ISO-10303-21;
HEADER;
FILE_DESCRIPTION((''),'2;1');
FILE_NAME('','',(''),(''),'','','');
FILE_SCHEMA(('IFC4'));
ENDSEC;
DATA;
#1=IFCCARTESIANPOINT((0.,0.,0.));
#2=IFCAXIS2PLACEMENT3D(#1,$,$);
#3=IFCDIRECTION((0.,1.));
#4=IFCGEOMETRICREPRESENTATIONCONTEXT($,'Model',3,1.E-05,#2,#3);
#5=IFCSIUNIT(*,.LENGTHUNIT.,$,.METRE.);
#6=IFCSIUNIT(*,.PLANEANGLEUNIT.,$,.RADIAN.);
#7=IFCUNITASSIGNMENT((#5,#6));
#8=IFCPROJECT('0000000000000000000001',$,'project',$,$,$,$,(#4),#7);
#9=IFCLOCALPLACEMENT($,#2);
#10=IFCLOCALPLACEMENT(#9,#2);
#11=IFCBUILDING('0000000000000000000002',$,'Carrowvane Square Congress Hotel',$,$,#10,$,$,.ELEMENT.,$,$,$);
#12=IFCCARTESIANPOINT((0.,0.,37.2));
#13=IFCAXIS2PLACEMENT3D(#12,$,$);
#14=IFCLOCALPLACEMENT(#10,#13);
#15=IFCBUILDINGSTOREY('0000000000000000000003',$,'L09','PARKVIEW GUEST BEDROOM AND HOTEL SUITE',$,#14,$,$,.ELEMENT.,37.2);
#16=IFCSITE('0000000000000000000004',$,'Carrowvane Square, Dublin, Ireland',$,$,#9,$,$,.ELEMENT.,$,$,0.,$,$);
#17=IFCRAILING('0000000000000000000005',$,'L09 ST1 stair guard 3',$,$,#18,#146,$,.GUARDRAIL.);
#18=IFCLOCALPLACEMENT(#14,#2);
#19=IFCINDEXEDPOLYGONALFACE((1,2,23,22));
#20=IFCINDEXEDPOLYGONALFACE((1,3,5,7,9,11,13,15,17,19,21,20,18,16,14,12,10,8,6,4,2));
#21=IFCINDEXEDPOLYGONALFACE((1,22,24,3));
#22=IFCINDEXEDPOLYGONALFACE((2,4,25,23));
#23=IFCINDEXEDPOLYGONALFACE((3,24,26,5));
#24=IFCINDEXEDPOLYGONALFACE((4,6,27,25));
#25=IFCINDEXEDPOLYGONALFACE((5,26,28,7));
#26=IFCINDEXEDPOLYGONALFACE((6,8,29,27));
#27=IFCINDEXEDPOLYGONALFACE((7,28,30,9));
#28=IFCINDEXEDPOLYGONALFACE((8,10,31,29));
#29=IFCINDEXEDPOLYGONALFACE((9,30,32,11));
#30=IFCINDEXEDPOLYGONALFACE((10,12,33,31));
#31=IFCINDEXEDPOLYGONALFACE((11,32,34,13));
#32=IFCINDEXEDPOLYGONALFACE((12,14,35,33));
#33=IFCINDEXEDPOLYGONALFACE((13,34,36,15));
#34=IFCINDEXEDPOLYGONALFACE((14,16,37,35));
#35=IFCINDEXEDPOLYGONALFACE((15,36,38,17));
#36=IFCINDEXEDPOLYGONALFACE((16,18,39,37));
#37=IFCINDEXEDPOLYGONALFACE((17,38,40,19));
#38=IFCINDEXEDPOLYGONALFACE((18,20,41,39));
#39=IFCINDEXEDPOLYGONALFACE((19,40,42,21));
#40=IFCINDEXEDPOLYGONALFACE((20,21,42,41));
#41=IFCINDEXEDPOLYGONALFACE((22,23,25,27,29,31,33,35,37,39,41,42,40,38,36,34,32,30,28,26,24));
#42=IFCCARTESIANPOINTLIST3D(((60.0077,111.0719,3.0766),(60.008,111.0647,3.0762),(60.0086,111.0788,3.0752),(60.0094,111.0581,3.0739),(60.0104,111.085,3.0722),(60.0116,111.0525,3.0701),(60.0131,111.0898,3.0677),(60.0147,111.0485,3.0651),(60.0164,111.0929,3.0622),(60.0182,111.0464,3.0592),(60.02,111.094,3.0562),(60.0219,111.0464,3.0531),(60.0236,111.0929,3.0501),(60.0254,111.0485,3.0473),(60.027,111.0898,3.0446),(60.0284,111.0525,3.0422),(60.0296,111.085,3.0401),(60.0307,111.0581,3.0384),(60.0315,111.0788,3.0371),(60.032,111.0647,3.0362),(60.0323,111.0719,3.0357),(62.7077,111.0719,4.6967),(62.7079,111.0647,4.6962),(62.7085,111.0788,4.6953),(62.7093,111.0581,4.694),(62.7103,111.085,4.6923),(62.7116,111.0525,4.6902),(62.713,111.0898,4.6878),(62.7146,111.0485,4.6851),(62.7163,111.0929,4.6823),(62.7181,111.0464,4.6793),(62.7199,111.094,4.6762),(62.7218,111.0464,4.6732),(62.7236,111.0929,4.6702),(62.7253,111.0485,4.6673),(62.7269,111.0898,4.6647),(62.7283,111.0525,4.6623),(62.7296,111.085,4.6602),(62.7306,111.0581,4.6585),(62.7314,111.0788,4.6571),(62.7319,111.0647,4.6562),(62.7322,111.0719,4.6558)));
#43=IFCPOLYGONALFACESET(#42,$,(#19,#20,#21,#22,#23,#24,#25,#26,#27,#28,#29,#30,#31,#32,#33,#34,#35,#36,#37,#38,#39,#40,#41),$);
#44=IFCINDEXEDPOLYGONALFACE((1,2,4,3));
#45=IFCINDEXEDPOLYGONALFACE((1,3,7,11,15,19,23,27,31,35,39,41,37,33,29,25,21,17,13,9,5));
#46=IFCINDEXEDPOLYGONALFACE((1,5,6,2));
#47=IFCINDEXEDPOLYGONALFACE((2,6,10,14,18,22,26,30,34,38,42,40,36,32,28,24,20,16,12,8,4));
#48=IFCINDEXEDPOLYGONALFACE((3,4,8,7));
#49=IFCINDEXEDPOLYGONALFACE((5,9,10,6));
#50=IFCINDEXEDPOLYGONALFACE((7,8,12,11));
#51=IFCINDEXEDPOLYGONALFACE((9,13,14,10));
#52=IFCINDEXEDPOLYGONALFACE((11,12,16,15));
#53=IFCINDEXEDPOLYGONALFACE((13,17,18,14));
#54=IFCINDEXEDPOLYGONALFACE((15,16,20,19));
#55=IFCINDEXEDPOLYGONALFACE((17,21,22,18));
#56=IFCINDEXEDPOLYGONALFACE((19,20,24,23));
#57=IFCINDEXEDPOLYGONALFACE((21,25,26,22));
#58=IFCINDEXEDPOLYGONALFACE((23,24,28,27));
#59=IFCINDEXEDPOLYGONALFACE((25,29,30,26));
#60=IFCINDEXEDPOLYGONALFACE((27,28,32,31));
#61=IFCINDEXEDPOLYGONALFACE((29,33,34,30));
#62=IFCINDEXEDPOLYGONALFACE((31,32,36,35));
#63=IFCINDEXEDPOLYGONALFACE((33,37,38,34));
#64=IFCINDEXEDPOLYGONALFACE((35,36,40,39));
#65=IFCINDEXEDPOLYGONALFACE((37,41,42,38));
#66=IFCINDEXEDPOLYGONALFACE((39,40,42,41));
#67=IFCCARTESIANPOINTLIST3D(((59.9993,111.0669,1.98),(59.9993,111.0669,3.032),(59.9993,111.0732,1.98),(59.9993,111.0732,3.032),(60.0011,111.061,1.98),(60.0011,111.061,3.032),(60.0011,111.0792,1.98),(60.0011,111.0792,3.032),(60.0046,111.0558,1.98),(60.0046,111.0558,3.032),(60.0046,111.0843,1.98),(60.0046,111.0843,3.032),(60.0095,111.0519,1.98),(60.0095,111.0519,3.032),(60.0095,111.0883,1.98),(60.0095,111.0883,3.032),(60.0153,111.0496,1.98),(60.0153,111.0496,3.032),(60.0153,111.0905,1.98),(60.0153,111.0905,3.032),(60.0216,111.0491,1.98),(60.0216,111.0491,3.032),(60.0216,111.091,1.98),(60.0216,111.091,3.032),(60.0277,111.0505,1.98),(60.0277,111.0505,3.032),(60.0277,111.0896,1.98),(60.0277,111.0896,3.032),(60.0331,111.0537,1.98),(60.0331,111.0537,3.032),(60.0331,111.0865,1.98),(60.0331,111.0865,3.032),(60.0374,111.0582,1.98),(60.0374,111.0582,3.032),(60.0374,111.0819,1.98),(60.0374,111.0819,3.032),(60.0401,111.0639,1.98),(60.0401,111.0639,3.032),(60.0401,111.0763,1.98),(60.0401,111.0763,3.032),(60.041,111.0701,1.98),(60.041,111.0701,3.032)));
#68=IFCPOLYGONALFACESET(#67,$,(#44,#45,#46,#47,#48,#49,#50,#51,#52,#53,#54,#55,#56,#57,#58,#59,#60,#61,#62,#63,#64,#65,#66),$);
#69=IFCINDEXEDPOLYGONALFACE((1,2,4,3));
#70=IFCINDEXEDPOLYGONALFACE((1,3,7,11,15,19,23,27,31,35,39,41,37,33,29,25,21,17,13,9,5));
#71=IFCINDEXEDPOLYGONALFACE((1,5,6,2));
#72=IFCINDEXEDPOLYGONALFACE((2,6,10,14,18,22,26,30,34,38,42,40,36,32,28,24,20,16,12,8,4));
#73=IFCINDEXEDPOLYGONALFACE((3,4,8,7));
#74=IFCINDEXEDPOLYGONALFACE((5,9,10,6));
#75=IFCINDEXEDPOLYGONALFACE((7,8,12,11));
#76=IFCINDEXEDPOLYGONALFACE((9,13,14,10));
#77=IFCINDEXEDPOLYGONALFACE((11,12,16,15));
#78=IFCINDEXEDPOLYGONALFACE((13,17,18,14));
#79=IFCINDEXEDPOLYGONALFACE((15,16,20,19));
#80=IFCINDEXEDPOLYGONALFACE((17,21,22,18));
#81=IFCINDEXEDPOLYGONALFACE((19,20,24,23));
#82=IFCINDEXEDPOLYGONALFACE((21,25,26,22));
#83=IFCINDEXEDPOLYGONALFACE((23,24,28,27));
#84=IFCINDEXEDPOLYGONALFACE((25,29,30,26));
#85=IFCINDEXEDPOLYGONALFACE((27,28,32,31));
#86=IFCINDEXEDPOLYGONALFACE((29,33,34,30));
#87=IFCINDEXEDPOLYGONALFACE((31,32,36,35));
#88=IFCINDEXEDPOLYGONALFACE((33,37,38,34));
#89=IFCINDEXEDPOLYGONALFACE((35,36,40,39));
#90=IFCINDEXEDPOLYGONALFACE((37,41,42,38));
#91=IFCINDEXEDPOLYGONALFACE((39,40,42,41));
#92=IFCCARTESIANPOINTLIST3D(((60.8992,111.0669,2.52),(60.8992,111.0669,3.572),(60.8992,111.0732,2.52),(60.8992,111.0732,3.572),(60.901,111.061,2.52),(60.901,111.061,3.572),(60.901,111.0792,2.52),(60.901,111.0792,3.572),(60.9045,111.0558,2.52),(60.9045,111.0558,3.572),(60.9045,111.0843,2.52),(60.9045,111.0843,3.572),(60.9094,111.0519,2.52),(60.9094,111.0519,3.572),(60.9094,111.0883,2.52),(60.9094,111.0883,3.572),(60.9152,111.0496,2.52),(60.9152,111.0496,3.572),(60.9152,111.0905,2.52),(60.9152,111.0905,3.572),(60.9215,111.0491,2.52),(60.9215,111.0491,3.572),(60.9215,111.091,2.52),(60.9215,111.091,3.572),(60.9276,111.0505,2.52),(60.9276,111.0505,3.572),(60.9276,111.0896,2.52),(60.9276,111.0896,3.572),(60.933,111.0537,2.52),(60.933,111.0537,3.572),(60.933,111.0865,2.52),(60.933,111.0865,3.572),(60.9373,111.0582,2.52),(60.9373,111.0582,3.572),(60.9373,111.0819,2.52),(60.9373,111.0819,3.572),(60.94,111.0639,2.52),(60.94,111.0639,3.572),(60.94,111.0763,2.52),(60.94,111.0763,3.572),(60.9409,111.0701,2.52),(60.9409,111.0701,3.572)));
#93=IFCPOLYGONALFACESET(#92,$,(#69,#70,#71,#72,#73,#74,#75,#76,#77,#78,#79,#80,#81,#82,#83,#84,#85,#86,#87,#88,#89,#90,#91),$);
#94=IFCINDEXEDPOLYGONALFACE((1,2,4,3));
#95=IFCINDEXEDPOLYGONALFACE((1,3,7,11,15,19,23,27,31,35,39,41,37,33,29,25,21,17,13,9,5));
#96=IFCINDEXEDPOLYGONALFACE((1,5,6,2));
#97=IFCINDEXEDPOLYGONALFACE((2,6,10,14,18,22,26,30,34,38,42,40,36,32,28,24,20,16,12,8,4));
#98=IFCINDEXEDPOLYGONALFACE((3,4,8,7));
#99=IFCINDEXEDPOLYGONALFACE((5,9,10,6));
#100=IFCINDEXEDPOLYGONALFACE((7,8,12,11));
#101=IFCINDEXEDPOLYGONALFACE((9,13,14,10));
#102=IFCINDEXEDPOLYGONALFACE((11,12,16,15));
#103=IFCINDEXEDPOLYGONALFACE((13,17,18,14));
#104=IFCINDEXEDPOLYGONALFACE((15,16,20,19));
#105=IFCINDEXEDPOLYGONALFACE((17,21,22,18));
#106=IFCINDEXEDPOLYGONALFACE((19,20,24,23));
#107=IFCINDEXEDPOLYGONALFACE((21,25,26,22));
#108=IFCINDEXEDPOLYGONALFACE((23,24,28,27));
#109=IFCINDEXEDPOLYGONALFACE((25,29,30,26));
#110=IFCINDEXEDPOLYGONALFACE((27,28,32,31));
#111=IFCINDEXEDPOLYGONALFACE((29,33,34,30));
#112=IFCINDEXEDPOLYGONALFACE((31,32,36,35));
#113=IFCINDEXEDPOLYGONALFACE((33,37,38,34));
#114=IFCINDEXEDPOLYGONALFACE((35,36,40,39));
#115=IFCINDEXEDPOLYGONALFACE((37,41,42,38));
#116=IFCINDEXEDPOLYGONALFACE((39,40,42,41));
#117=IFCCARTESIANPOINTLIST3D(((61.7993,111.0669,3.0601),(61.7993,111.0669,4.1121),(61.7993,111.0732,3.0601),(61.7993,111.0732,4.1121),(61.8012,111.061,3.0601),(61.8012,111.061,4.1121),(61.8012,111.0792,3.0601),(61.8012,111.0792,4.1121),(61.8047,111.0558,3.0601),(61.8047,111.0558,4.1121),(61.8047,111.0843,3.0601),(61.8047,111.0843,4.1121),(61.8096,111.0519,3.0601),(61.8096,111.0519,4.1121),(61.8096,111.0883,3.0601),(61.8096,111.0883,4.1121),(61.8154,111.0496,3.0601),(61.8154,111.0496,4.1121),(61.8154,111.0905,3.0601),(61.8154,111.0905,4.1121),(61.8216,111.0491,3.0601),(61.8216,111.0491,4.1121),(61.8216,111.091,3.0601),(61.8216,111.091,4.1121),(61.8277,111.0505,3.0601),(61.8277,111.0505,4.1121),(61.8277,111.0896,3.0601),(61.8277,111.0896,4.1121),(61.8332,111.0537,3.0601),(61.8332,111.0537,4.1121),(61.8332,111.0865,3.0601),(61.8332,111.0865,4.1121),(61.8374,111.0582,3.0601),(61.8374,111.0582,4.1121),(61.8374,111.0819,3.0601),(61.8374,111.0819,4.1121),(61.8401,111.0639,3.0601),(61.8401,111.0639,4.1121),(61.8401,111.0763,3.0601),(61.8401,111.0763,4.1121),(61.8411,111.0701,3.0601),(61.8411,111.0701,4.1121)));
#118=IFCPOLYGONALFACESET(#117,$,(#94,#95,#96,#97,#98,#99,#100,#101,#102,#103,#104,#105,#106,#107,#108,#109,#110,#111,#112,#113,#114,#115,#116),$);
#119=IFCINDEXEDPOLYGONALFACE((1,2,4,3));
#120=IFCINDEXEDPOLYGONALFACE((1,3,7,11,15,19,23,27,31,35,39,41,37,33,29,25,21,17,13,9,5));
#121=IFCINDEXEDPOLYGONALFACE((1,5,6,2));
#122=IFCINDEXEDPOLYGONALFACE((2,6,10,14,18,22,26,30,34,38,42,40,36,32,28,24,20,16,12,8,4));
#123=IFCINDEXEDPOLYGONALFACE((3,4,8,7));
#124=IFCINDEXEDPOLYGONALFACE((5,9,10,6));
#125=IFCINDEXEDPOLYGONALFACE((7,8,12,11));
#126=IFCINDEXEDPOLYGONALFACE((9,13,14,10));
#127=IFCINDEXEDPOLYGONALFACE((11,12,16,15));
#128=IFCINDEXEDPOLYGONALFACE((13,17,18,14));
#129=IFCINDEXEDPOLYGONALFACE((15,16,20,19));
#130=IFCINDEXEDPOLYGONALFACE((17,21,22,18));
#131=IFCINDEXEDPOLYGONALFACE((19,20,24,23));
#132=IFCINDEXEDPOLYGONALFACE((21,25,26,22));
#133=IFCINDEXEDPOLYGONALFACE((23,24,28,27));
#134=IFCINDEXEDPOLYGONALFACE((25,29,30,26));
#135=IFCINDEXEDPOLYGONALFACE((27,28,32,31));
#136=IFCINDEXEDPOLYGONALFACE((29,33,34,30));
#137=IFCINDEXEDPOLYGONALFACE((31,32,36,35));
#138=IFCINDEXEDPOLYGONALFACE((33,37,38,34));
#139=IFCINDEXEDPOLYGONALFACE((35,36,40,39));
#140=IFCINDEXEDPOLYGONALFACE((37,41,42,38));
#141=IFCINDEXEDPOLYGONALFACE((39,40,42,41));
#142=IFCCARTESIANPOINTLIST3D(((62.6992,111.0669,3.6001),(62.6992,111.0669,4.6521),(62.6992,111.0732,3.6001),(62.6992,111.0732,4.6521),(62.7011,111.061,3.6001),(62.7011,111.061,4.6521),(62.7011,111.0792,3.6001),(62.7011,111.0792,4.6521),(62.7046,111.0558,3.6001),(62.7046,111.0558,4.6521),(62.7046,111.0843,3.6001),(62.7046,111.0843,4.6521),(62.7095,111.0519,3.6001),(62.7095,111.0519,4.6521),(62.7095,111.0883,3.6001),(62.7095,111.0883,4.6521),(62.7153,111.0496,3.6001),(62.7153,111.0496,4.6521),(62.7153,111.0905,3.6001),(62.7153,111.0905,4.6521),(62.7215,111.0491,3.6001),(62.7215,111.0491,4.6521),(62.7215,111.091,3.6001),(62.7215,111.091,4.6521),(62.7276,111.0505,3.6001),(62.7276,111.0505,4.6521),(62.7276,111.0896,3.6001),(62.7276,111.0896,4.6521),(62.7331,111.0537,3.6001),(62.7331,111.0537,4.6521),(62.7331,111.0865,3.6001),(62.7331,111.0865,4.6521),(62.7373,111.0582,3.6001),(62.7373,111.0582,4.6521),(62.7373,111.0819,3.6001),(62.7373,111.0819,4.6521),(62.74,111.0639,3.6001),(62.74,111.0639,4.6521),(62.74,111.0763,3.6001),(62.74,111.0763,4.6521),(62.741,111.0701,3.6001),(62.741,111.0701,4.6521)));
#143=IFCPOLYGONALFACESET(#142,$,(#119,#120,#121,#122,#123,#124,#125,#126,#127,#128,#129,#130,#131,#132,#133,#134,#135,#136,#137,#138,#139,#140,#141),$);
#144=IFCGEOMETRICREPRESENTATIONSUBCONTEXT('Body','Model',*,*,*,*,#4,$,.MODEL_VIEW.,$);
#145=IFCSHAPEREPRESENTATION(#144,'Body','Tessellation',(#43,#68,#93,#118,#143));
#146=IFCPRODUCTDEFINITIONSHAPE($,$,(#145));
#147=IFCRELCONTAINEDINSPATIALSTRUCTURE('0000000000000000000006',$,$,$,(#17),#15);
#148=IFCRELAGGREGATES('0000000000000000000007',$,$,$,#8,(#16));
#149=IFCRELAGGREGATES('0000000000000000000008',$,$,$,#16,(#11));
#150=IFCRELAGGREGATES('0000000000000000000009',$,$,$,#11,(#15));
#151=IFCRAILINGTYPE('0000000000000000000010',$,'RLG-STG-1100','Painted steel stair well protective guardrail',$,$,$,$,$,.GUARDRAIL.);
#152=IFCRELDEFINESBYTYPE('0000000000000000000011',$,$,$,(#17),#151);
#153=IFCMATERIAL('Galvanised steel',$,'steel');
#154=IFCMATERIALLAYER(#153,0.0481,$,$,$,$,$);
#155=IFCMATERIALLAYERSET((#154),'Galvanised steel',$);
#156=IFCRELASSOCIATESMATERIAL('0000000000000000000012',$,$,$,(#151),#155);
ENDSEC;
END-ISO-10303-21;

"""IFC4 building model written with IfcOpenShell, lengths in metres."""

from ifc_helpers import new_model, si_unit, direction, frame, origin, origin_2d, place, context, subcontext, project, spatial, circle, extrude, material, layer, layer_set, type_object, element, save


model = new_model("IFC4")

# Units and contexts
model_context = context("Model", 3, precision=1e-05, world=origin(), true_north=direction((0.0, 1.0)))
body_context = subcontext(model_context, "Body", "Model", "MODEL_VIEW")
ifc_project = project(units=[si_unit("LENGTHUNIT", "METRE"), si_unit("PLANEANGLEUNIT", "RADIAN")], contexts=[model_context])

# Site, building, storey
site_placement = place(None, origin())
site = spatial("IfcSite", under=ifc_project, at=site_placement, Name="Carrowvane Square, Dublin, Ireland", CompositionType="ELEMENT", RefElevation=0.0)
building_placement = place(site_placement, origin())
building = spatial("IfcBuilding", under=site, at=building_placement, Name="Carrowvane Square Congress Hotel", CompositionType="ELEMENT")
storey_placement = place(building_placement, frame((0.0, 0.0, 37.2)))
storey = spatial("IfcBuildingStorey", under=building, at=storey_placement, Name="L09", Description="PARKVIEW GUEST BEDROOM AND HOTEL SUITE", CompositionType="ELEMENT", Elevation=37.2)

# Railing
ifc_material_1 = material(Name="Galvanised steel", Category="steel")
ifc_layer_1 = layer(ifc_material_1, 0.0481)
ifc_layer_set_1 = layer_set([ifc_layer_1], Name="Galvanised steel")
railing_type_1 = type_object("IfcRailingType", Name="RLG-STG-1100", Description="Painted steel stair well protective guardrail", PredefinedType="GUARDRAIL", material=ifc_layer_set_1)
railing_1_placement = place(storey_placement, frame((60.02, 111.0701, 1.98)))
element("IfcRailing", 1, at=railing_1_placement, inside=storey, type_object=railing_type_1, Name="L09 ST1 stair guard 3", PredefinedType="GUARDRAIL", context=body_context, shape_type="SweptSolid", body=[
    extrude(circle(Radius=0.0239, at=origin_2d()), frame((0.0, 0.0, 1.0762), z_axis=(0.857472, 0.0, 0.51453), x_axis=(0.0, 1.0, 0.0)), (0.0, 0.0, 1.0), 3.1487),
    extrude(circle(Radius=0.021, at=origin_2d()), origin(), (0.0, 0.0, 1.0), 1.052),
    extrude(circle(Radius=0.021, at=origin_2d()), frame((0.8999, 0.0, 0.54)), (0.0, 0.0, 1.0), 1.052),
    extrude(circle(Radius=0.021, at=origin_2d()), frame((1.8, 0.0, 1.0801)), (0.0, 0.0, 1.0), 1.052),
    extrude(circle(Radius=0.021, at=origin_2d()), frame((2.7, 0.0, 1.6201)), (0.0, 0.0, 1.0), 1.052),
])

save(model, "model.ifc")
